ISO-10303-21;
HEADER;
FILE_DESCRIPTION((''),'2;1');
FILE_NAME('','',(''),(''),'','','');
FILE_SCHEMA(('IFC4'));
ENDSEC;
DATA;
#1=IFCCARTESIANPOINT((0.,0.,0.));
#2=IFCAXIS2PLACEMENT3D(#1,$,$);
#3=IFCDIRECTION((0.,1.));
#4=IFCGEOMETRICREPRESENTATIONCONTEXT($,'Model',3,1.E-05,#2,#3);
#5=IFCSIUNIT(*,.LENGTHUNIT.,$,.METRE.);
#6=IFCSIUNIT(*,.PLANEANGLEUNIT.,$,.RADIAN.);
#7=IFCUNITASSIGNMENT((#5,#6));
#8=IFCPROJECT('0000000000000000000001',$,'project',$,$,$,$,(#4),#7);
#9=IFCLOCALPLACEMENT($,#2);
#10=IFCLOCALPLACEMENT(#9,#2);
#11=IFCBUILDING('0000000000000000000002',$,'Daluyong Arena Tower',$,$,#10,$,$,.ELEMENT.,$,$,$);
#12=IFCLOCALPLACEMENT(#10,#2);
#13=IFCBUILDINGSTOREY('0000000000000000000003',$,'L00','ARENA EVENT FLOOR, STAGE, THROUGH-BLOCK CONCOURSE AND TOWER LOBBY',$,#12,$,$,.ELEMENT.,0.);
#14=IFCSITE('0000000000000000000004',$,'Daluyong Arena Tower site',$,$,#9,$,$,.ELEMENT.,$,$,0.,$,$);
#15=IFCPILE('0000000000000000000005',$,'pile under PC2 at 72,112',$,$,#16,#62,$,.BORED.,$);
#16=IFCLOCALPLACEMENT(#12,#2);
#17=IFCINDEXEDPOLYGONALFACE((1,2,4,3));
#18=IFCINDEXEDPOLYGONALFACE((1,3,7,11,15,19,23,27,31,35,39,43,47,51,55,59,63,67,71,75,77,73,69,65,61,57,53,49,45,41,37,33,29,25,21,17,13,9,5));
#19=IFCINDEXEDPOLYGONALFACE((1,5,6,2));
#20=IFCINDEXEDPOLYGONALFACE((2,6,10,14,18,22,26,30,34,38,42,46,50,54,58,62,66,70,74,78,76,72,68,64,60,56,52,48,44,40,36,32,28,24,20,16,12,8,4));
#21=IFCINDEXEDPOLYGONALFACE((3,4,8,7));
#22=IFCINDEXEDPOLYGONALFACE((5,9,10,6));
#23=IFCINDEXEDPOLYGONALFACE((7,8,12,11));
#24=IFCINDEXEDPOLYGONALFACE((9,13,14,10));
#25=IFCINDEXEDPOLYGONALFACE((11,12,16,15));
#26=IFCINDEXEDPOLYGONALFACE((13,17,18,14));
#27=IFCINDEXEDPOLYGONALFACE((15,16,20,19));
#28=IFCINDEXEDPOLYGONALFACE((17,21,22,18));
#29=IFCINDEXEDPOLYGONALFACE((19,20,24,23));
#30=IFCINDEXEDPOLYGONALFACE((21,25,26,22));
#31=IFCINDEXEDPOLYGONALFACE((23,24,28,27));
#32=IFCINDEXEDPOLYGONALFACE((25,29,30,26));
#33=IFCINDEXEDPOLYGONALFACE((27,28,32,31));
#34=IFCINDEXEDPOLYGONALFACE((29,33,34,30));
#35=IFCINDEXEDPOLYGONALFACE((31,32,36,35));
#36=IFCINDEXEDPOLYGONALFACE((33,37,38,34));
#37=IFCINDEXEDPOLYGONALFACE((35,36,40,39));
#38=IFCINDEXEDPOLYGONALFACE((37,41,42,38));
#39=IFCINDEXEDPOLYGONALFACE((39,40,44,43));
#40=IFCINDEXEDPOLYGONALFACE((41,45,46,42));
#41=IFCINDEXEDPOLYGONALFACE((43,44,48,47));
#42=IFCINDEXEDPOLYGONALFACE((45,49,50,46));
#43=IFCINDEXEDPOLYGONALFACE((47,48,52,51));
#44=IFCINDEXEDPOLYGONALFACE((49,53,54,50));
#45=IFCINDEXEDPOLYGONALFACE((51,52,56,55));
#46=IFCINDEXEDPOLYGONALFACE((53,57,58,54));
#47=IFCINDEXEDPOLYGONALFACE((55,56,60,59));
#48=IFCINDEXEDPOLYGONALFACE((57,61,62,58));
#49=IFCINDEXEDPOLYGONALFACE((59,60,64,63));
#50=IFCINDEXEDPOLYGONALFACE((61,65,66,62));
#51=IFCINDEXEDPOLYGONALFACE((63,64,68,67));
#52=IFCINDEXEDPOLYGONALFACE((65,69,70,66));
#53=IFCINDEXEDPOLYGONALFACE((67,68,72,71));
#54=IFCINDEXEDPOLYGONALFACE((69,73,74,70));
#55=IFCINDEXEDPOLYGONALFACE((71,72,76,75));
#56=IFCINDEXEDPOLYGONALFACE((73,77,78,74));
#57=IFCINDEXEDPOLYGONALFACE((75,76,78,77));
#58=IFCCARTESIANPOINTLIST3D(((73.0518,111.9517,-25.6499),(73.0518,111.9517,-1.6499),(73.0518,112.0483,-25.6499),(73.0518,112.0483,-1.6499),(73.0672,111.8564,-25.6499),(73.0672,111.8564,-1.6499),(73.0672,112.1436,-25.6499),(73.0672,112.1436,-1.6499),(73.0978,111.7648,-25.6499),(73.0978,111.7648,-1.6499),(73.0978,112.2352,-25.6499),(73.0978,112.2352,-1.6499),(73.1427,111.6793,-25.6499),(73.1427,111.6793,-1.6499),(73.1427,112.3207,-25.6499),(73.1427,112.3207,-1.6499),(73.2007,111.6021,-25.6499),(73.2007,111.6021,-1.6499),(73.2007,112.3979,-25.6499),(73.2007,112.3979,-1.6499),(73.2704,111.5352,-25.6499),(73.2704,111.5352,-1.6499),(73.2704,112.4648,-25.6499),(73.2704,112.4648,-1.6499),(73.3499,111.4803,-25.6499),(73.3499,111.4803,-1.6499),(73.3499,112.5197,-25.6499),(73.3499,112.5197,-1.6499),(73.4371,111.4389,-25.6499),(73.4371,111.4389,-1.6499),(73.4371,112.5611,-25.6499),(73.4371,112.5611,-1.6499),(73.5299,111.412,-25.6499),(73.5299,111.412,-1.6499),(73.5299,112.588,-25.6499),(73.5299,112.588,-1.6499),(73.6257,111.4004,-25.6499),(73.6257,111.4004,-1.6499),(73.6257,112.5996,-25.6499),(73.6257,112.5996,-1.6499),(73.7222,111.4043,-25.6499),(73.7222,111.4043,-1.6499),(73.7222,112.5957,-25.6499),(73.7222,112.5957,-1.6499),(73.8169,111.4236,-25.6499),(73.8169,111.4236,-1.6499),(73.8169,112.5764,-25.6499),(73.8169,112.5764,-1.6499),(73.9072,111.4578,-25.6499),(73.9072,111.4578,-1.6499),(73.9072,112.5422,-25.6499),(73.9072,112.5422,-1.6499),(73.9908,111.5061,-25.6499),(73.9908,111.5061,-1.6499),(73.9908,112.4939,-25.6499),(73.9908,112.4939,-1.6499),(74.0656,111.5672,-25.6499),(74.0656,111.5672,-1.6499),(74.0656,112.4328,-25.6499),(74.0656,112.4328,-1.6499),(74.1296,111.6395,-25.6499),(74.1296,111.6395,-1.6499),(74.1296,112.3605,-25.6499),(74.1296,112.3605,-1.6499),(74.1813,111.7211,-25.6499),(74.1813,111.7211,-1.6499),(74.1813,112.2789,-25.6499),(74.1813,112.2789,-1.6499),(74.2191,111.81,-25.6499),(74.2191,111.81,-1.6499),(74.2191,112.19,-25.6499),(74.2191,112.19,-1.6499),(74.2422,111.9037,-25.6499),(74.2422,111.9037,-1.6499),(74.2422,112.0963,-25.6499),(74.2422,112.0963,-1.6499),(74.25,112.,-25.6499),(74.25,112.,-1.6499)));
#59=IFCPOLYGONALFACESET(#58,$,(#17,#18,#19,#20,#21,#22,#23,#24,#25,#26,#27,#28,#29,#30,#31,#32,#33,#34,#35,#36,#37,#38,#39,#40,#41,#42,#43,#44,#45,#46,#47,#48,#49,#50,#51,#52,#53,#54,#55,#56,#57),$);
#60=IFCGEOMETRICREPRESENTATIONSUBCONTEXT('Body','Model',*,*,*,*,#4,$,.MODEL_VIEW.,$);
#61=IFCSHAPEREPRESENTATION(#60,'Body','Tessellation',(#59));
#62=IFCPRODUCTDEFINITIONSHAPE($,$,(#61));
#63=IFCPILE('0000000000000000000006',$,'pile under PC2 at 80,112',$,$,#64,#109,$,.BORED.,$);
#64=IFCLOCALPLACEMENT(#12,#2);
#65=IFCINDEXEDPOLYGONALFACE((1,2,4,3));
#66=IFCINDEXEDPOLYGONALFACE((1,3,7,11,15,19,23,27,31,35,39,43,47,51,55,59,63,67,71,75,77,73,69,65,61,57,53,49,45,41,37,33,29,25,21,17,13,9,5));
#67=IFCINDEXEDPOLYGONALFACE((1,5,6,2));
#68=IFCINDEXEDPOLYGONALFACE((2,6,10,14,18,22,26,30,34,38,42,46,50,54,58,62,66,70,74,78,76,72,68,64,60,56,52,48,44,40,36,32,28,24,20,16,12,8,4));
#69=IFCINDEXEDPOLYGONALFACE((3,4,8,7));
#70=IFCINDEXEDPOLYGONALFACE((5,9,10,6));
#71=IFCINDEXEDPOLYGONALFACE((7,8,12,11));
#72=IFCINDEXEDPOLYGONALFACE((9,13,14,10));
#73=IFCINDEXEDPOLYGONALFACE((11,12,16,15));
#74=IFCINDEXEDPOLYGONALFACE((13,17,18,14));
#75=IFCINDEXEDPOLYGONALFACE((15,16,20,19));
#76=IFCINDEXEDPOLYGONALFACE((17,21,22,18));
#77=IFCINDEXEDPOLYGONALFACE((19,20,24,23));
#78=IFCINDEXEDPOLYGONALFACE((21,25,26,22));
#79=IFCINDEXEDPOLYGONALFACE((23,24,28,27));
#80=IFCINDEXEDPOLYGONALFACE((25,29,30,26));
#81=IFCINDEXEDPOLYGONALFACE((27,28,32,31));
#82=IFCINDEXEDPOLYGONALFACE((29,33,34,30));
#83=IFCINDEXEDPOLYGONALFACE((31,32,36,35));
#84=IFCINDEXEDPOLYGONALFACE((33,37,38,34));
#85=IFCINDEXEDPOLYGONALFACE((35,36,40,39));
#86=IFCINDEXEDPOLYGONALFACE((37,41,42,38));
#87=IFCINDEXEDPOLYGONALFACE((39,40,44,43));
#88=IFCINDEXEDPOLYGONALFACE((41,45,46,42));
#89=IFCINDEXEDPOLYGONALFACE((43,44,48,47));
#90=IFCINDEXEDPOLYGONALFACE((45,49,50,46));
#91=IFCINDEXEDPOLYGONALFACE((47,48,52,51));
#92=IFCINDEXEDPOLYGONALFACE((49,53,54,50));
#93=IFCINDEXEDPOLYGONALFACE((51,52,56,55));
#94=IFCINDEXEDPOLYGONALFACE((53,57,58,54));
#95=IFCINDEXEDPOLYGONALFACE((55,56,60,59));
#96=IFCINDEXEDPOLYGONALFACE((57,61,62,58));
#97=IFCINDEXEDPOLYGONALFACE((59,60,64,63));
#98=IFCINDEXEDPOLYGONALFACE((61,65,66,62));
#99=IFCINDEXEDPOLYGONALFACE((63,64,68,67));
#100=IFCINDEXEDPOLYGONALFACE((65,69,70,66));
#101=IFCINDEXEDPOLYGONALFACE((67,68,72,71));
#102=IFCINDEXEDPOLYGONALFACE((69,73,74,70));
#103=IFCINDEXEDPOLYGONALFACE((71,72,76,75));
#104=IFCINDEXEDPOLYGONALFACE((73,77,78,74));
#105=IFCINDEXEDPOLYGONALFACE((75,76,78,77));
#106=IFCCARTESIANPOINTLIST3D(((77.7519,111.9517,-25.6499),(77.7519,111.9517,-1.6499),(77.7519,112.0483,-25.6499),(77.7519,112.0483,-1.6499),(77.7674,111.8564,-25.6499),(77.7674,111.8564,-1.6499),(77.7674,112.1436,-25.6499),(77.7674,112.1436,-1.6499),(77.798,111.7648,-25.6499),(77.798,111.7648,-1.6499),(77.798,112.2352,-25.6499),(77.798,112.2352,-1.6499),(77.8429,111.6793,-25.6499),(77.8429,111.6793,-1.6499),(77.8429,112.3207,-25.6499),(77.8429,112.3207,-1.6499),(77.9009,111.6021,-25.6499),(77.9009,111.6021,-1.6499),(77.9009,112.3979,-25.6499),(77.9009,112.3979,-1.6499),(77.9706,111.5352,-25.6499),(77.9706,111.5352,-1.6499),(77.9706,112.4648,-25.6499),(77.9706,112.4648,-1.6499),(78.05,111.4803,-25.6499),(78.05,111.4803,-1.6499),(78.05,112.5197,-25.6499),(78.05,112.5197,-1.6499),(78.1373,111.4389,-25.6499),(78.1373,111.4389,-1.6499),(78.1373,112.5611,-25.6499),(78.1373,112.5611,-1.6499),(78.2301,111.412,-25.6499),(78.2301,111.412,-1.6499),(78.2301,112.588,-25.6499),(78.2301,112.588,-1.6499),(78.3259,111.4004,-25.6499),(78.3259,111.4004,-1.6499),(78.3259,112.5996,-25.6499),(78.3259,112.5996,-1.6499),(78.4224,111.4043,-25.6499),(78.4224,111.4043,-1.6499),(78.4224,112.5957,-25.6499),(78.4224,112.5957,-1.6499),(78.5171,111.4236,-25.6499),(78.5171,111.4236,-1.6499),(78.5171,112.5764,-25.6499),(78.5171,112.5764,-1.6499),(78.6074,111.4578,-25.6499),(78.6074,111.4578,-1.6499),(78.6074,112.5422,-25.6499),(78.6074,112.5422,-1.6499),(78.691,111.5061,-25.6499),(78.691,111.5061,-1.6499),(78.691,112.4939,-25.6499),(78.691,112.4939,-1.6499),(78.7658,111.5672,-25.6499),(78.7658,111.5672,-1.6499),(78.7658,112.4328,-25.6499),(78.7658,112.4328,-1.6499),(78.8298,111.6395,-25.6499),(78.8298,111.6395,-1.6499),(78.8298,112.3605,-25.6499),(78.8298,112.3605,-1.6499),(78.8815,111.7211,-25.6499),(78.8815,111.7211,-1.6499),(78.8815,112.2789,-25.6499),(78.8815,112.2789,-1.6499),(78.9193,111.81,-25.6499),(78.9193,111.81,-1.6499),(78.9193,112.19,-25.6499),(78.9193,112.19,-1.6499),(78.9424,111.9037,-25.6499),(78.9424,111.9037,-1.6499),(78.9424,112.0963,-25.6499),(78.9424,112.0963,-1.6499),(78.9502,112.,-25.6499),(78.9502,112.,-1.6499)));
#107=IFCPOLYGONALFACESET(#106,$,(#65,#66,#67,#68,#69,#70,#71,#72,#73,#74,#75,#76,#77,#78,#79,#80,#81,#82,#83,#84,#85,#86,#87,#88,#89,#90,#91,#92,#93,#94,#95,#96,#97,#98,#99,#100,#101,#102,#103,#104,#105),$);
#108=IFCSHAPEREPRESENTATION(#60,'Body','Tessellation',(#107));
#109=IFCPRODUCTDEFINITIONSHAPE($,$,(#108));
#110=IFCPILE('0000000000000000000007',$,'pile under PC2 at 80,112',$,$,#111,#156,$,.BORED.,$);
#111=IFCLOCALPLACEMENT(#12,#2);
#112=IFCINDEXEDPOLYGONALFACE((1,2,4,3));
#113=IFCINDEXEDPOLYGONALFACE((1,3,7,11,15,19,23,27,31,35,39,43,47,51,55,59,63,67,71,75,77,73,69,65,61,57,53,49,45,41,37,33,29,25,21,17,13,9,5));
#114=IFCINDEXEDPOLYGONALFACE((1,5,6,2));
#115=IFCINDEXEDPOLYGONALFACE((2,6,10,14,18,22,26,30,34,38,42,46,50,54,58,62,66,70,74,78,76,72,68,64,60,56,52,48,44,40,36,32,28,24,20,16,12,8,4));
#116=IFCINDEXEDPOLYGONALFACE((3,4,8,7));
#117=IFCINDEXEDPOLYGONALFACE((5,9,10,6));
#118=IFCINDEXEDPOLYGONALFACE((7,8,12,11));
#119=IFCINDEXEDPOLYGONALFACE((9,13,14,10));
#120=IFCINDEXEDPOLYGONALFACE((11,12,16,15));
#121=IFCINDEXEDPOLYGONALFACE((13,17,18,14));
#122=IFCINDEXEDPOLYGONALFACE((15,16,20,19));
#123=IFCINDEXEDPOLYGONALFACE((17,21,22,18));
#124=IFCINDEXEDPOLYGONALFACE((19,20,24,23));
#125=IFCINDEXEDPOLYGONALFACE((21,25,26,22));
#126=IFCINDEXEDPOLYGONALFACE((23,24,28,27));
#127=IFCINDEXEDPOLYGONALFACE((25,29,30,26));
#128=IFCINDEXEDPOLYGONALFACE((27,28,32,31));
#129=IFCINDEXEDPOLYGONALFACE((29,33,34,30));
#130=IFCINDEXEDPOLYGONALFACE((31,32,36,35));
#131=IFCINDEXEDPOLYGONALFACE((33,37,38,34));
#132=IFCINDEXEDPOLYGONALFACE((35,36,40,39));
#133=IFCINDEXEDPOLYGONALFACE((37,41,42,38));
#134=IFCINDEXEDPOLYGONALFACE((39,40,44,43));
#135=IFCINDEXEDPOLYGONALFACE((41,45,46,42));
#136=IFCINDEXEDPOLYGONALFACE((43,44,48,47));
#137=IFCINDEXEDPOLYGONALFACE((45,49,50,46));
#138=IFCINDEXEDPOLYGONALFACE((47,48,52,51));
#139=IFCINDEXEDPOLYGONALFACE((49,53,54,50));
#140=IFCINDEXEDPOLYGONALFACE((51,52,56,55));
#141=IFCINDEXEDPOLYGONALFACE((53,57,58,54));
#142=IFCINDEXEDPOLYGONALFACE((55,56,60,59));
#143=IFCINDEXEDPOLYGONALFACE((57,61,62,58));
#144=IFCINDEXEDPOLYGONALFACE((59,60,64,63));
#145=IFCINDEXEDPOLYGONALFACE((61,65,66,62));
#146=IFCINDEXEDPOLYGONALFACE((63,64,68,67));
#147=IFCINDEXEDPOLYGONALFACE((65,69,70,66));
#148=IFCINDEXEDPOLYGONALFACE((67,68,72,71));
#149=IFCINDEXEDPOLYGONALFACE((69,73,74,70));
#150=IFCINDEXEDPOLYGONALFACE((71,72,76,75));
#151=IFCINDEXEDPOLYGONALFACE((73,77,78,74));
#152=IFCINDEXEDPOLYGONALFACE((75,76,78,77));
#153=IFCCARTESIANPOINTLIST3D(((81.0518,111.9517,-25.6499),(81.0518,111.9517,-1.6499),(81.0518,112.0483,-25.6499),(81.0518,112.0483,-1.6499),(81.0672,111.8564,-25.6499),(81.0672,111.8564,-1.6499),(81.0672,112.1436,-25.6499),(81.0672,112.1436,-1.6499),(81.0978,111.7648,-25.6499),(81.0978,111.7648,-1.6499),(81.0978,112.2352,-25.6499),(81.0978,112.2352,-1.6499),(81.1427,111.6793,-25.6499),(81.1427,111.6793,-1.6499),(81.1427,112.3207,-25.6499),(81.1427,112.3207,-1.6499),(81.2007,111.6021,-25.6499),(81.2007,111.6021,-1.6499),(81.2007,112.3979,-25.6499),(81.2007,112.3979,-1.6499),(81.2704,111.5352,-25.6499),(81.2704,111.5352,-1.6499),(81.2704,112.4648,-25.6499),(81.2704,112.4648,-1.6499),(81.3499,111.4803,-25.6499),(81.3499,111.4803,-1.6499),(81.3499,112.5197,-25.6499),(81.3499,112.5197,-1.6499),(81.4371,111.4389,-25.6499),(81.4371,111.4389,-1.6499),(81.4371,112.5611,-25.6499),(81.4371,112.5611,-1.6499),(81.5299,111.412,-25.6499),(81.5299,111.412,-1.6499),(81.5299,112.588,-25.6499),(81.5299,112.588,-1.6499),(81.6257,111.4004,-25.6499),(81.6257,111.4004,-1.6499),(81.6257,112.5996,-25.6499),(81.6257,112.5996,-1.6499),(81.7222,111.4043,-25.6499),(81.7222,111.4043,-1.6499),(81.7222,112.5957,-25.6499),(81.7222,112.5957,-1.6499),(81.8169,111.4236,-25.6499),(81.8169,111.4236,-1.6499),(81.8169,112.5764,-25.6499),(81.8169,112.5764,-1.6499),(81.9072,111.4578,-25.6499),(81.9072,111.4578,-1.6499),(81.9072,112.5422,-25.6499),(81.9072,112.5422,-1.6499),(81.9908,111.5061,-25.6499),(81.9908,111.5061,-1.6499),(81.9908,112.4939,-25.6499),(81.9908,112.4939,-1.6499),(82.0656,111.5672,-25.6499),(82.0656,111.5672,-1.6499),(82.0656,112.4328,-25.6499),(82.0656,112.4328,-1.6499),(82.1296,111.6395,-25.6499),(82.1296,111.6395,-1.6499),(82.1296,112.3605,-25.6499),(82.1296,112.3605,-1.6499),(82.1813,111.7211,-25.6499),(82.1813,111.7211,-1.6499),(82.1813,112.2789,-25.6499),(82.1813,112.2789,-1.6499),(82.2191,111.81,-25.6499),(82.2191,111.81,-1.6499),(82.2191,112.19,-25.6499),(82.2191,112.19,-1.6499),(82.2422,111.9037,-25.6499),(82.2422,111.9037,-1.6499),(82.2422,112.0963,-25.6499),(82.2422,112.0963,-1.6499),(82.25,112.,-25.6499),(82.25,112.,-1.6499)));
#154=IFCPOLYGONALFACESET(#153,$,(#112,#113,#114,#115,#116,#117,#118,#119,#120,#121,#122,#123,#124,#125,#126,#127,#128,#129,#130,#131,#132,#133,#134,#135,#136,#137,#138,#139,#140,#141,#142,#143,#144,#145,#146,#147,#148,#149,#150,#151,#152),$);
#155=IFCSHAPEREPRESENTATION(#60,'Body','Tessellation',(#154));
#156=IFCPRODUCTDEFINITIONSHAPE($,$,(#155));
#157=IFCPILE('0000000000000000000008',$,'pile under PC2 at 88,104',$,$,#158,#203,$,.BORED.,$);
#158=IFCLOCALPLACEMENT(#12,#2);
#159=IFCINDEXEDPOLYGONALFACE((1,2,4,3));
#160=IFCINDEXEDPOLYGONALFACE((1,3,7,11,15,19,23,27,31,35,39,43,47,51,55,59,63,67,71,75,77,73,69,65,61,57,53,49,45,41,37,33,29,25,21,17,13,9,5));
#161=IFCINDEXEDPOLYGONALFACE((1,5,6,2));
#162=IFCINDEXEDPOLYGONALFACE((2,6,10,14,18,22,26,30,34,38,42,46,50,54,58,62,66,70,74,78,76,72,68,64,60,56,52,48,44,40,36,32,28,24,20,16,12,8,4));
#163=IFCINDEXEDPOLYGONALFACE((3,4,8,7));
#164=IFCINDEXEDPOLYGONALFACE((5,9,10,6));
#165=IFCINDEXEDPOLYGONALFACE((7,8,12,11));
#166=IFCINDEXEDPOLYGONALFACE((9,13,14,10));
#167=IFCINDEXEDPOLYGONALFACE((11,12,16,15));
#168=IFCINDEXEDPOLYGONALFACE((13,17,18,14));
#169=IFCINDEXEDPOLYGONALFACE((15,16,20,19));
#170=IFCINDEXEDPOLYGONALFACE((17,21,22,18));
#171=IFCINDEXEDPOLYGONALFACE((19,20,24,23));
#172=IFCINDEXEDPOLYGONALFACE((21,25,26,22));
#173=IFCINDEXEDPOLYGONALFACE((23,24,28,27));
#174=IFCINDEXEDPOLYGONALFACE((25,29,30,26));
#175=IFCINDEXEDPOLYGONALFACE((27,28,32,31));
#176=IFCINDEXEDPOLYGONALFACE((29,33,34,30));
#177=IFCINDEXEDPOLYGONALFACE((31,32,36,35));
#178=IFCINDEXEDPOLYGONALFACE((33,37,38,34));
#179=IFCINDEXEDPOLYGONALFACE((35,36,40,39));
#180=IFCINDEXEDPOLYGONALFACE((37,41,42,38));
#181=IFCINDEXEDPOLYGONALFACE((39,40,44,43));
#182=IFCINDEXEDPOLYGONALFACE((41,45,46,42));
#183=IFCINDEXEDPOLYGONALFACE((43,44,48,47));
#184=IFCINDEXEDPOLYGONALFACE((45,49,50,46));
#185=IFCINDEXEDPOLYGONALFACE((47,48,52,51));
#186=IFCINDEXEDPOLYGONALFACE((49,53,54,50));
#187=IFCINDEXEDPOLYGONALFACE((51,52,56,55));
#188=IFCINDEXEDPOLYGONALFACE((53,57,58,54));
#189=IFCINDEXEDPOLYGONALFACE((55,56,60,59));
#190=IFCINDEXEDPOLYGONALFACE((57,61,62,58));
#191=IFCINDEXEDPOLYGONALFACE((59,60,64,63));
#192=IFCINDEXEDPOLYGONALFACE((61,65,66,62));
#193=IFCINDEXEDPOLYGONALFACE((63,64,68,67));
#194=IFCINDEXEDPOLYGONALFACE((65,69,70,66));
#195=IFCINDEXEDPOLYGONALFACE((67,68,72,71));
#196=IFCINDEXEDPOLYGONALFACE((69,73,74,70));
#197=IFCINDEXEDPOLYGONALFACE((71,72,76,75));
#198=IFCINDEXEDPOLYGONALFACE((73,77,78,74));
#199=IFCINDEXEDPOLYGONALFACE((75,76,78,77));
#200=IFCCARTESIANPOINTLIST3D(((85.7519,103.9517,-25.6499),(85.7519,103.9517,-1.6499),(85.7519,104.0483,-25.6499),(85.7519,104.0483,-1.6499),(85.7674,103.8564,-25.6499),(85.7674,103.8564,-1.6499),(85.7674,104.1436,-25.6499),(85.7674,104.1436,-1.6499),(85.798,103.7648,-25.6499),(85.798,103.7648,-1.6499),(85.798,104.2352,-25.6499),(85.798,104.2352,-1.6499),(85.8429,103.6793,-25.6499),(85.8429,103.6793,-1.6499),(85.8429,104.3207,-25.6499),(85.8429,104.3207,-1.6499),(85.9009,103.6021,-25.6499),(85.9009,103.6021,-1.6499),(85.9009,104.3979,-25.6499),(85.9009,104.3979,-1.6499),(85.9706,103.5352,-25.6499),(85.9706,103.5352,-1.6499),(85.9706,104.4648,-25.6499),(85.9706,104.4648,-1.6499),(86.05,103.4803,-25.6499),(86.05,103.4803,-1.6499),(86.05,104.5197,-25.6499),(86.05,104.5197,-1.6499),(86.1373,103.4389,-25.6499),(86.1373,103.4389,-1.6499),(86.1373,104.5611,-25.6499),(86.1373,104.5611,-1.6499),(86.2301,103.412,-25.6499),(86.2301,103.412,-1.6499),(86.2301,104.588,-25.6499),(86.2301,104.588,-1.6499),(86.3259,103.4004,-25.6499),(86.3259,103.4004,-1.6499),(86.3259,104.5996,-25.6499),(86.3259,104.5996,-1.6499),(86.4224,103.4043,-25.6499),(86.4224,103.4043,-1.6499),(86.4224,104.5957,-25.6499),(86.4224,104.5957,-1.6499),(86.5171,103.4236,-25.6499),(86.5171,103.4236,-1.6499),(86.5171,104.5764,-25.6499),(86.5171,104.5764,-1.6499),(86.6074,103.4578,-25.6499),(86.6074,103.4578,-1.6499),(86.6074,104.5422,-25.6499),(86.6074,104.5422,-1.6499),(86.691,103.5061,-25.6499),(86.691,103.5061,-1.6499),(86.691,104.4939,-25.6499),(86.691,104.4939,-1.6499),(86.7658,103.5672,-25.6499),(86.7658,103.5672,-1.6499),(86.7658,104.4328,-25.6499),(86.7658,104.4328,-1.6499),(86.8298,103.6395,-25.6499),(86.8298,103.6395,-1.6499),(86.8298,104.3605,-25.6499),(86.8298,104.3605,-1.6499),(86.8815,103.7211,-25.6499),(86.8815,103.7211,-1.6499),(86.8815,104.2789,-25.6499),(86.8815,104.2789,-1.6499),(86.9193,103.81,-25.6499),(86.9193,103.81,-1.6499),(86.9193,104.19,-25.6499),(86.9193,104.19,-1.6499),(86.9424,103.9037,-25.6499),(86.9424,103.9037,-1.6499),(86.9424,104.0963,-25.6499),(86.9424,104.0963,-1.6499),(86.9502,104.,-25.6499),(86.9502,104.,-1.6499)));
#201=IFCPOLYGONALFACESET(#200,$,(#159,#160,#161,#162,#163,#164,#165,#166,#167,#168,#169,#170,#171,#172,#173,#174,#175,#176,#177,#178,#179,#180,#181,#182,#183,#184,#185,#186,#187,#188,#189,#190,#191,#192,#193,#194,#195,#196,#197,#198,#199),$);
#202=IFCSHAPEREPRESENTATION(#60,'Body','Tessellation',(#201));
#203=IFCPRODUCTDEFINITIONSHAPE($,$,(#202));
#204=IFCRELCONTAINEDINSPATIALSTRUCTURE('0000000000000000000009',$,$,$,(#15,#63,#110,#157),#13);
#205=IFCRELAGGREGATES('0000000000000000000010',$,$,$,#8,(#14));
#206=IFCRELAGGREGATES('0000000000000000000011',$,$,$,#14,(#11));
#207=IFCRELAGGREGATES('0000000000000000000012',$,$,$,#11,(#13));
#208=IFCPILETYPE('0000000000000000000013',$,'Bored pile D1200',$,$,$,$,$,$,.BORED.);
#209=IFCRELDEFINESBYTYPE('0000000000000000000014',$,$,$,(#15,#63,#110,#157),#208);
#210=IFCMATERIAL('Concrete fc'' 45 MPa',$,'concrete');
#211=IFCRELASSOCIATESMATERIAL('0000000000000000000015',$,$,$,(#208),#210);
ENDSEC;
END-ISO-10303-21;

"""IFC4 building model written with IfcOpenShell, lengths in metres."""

from ifc_helpers import new_model, si_unit, direction, frame, origin, origin_2d, place, context, subcontext, project, spatial, circle, extrude, material, type_object, element, save


model = new_model("IFC4")

# Units and contexts
model_context = context("Model", 3, precision=1e-05, world=origin(), true_north=direction((0.0, 1.0)))
body_context = subcontext(model_context, "Body", "Model", "MODEL_VIEW")
ifc_project = project(units=[si_unit("LENGTHUNIT", "METRE"), si_unit("PLANEANGLEUNIT", "RADIAN")], contexts=[model_context])

# Site, building, storey
site_placement = place(None, origin())
site = spatial("IfcSite", under=ifc_project, at=site_placement, Name="Daluyong Arena Tower site", CompositionType="ELEMENT", RefElevation=0.0)
building_placement = place(site_placement, origin())
building = spatial("IfcBuilding", under=site, at=building_placement, Name="Daluyong Arena Tower", CompositionType="ELEMENT")
storey_placement = place(building_placement, origin())
storey = spatial("IfcBuildingStorey", under=building, at=storey_placement, Name="L00", Description="ARENA EVENT FLOOR, STAGE, THROUGH-BLOCK CONCOURSE AND TOWER LOBBY", CompositionType="ELEMENT", Elevation=0.0)

# Piles
ifc_material_1 = material(Name="Concrete fc' 45 MPa", Category="concrete")
pile_type_1 = type_object("IfcPileType", Name="Bored pile D1200", PredefinedType="BORED", material=ifc_material_1)
for number, where, z_axis, x_axis, name in (
    (1, (73.6499, 112.0, -1.6499), (0.0, 0.0, -1.0), (1.0, 0.0, 0.0), "pile under PC2 at 72,112"),
    (2, (78.3501, 112.0, -1.6499), (0.0, 0.0, -1.0), (1.0, 0.0, 0.0), "pile under PC2 at 80,112"),
    (3, (81.6499, 112.0, -1.6499), (0.0, 0.0, -1.0), (1.0, 0.0, 0.0), "pile under PC2 at 80,112"),
    (4, (86.3501, 104.0, -1.6499), (0.0, 0.0, -1.0), (1.0, 0.0, 0.0), "pile under PC2 at 88,104"),
):
    element("IfcPile", number, at=place(storey_placement, frame(where, z_axis=z_axis, x_axis=x_axis)), inside=storey, type_object=pile_type_1, Name=name, PredefinedType="BORED", context=body_context, shape_type="SweptSolid", body=[
        extrude(circle(Radius=0.6001, at=origin_2d()), origin(), (0.0, 0.0, 1.0), 24.0),
    ])

save(model, "model.ifc")
